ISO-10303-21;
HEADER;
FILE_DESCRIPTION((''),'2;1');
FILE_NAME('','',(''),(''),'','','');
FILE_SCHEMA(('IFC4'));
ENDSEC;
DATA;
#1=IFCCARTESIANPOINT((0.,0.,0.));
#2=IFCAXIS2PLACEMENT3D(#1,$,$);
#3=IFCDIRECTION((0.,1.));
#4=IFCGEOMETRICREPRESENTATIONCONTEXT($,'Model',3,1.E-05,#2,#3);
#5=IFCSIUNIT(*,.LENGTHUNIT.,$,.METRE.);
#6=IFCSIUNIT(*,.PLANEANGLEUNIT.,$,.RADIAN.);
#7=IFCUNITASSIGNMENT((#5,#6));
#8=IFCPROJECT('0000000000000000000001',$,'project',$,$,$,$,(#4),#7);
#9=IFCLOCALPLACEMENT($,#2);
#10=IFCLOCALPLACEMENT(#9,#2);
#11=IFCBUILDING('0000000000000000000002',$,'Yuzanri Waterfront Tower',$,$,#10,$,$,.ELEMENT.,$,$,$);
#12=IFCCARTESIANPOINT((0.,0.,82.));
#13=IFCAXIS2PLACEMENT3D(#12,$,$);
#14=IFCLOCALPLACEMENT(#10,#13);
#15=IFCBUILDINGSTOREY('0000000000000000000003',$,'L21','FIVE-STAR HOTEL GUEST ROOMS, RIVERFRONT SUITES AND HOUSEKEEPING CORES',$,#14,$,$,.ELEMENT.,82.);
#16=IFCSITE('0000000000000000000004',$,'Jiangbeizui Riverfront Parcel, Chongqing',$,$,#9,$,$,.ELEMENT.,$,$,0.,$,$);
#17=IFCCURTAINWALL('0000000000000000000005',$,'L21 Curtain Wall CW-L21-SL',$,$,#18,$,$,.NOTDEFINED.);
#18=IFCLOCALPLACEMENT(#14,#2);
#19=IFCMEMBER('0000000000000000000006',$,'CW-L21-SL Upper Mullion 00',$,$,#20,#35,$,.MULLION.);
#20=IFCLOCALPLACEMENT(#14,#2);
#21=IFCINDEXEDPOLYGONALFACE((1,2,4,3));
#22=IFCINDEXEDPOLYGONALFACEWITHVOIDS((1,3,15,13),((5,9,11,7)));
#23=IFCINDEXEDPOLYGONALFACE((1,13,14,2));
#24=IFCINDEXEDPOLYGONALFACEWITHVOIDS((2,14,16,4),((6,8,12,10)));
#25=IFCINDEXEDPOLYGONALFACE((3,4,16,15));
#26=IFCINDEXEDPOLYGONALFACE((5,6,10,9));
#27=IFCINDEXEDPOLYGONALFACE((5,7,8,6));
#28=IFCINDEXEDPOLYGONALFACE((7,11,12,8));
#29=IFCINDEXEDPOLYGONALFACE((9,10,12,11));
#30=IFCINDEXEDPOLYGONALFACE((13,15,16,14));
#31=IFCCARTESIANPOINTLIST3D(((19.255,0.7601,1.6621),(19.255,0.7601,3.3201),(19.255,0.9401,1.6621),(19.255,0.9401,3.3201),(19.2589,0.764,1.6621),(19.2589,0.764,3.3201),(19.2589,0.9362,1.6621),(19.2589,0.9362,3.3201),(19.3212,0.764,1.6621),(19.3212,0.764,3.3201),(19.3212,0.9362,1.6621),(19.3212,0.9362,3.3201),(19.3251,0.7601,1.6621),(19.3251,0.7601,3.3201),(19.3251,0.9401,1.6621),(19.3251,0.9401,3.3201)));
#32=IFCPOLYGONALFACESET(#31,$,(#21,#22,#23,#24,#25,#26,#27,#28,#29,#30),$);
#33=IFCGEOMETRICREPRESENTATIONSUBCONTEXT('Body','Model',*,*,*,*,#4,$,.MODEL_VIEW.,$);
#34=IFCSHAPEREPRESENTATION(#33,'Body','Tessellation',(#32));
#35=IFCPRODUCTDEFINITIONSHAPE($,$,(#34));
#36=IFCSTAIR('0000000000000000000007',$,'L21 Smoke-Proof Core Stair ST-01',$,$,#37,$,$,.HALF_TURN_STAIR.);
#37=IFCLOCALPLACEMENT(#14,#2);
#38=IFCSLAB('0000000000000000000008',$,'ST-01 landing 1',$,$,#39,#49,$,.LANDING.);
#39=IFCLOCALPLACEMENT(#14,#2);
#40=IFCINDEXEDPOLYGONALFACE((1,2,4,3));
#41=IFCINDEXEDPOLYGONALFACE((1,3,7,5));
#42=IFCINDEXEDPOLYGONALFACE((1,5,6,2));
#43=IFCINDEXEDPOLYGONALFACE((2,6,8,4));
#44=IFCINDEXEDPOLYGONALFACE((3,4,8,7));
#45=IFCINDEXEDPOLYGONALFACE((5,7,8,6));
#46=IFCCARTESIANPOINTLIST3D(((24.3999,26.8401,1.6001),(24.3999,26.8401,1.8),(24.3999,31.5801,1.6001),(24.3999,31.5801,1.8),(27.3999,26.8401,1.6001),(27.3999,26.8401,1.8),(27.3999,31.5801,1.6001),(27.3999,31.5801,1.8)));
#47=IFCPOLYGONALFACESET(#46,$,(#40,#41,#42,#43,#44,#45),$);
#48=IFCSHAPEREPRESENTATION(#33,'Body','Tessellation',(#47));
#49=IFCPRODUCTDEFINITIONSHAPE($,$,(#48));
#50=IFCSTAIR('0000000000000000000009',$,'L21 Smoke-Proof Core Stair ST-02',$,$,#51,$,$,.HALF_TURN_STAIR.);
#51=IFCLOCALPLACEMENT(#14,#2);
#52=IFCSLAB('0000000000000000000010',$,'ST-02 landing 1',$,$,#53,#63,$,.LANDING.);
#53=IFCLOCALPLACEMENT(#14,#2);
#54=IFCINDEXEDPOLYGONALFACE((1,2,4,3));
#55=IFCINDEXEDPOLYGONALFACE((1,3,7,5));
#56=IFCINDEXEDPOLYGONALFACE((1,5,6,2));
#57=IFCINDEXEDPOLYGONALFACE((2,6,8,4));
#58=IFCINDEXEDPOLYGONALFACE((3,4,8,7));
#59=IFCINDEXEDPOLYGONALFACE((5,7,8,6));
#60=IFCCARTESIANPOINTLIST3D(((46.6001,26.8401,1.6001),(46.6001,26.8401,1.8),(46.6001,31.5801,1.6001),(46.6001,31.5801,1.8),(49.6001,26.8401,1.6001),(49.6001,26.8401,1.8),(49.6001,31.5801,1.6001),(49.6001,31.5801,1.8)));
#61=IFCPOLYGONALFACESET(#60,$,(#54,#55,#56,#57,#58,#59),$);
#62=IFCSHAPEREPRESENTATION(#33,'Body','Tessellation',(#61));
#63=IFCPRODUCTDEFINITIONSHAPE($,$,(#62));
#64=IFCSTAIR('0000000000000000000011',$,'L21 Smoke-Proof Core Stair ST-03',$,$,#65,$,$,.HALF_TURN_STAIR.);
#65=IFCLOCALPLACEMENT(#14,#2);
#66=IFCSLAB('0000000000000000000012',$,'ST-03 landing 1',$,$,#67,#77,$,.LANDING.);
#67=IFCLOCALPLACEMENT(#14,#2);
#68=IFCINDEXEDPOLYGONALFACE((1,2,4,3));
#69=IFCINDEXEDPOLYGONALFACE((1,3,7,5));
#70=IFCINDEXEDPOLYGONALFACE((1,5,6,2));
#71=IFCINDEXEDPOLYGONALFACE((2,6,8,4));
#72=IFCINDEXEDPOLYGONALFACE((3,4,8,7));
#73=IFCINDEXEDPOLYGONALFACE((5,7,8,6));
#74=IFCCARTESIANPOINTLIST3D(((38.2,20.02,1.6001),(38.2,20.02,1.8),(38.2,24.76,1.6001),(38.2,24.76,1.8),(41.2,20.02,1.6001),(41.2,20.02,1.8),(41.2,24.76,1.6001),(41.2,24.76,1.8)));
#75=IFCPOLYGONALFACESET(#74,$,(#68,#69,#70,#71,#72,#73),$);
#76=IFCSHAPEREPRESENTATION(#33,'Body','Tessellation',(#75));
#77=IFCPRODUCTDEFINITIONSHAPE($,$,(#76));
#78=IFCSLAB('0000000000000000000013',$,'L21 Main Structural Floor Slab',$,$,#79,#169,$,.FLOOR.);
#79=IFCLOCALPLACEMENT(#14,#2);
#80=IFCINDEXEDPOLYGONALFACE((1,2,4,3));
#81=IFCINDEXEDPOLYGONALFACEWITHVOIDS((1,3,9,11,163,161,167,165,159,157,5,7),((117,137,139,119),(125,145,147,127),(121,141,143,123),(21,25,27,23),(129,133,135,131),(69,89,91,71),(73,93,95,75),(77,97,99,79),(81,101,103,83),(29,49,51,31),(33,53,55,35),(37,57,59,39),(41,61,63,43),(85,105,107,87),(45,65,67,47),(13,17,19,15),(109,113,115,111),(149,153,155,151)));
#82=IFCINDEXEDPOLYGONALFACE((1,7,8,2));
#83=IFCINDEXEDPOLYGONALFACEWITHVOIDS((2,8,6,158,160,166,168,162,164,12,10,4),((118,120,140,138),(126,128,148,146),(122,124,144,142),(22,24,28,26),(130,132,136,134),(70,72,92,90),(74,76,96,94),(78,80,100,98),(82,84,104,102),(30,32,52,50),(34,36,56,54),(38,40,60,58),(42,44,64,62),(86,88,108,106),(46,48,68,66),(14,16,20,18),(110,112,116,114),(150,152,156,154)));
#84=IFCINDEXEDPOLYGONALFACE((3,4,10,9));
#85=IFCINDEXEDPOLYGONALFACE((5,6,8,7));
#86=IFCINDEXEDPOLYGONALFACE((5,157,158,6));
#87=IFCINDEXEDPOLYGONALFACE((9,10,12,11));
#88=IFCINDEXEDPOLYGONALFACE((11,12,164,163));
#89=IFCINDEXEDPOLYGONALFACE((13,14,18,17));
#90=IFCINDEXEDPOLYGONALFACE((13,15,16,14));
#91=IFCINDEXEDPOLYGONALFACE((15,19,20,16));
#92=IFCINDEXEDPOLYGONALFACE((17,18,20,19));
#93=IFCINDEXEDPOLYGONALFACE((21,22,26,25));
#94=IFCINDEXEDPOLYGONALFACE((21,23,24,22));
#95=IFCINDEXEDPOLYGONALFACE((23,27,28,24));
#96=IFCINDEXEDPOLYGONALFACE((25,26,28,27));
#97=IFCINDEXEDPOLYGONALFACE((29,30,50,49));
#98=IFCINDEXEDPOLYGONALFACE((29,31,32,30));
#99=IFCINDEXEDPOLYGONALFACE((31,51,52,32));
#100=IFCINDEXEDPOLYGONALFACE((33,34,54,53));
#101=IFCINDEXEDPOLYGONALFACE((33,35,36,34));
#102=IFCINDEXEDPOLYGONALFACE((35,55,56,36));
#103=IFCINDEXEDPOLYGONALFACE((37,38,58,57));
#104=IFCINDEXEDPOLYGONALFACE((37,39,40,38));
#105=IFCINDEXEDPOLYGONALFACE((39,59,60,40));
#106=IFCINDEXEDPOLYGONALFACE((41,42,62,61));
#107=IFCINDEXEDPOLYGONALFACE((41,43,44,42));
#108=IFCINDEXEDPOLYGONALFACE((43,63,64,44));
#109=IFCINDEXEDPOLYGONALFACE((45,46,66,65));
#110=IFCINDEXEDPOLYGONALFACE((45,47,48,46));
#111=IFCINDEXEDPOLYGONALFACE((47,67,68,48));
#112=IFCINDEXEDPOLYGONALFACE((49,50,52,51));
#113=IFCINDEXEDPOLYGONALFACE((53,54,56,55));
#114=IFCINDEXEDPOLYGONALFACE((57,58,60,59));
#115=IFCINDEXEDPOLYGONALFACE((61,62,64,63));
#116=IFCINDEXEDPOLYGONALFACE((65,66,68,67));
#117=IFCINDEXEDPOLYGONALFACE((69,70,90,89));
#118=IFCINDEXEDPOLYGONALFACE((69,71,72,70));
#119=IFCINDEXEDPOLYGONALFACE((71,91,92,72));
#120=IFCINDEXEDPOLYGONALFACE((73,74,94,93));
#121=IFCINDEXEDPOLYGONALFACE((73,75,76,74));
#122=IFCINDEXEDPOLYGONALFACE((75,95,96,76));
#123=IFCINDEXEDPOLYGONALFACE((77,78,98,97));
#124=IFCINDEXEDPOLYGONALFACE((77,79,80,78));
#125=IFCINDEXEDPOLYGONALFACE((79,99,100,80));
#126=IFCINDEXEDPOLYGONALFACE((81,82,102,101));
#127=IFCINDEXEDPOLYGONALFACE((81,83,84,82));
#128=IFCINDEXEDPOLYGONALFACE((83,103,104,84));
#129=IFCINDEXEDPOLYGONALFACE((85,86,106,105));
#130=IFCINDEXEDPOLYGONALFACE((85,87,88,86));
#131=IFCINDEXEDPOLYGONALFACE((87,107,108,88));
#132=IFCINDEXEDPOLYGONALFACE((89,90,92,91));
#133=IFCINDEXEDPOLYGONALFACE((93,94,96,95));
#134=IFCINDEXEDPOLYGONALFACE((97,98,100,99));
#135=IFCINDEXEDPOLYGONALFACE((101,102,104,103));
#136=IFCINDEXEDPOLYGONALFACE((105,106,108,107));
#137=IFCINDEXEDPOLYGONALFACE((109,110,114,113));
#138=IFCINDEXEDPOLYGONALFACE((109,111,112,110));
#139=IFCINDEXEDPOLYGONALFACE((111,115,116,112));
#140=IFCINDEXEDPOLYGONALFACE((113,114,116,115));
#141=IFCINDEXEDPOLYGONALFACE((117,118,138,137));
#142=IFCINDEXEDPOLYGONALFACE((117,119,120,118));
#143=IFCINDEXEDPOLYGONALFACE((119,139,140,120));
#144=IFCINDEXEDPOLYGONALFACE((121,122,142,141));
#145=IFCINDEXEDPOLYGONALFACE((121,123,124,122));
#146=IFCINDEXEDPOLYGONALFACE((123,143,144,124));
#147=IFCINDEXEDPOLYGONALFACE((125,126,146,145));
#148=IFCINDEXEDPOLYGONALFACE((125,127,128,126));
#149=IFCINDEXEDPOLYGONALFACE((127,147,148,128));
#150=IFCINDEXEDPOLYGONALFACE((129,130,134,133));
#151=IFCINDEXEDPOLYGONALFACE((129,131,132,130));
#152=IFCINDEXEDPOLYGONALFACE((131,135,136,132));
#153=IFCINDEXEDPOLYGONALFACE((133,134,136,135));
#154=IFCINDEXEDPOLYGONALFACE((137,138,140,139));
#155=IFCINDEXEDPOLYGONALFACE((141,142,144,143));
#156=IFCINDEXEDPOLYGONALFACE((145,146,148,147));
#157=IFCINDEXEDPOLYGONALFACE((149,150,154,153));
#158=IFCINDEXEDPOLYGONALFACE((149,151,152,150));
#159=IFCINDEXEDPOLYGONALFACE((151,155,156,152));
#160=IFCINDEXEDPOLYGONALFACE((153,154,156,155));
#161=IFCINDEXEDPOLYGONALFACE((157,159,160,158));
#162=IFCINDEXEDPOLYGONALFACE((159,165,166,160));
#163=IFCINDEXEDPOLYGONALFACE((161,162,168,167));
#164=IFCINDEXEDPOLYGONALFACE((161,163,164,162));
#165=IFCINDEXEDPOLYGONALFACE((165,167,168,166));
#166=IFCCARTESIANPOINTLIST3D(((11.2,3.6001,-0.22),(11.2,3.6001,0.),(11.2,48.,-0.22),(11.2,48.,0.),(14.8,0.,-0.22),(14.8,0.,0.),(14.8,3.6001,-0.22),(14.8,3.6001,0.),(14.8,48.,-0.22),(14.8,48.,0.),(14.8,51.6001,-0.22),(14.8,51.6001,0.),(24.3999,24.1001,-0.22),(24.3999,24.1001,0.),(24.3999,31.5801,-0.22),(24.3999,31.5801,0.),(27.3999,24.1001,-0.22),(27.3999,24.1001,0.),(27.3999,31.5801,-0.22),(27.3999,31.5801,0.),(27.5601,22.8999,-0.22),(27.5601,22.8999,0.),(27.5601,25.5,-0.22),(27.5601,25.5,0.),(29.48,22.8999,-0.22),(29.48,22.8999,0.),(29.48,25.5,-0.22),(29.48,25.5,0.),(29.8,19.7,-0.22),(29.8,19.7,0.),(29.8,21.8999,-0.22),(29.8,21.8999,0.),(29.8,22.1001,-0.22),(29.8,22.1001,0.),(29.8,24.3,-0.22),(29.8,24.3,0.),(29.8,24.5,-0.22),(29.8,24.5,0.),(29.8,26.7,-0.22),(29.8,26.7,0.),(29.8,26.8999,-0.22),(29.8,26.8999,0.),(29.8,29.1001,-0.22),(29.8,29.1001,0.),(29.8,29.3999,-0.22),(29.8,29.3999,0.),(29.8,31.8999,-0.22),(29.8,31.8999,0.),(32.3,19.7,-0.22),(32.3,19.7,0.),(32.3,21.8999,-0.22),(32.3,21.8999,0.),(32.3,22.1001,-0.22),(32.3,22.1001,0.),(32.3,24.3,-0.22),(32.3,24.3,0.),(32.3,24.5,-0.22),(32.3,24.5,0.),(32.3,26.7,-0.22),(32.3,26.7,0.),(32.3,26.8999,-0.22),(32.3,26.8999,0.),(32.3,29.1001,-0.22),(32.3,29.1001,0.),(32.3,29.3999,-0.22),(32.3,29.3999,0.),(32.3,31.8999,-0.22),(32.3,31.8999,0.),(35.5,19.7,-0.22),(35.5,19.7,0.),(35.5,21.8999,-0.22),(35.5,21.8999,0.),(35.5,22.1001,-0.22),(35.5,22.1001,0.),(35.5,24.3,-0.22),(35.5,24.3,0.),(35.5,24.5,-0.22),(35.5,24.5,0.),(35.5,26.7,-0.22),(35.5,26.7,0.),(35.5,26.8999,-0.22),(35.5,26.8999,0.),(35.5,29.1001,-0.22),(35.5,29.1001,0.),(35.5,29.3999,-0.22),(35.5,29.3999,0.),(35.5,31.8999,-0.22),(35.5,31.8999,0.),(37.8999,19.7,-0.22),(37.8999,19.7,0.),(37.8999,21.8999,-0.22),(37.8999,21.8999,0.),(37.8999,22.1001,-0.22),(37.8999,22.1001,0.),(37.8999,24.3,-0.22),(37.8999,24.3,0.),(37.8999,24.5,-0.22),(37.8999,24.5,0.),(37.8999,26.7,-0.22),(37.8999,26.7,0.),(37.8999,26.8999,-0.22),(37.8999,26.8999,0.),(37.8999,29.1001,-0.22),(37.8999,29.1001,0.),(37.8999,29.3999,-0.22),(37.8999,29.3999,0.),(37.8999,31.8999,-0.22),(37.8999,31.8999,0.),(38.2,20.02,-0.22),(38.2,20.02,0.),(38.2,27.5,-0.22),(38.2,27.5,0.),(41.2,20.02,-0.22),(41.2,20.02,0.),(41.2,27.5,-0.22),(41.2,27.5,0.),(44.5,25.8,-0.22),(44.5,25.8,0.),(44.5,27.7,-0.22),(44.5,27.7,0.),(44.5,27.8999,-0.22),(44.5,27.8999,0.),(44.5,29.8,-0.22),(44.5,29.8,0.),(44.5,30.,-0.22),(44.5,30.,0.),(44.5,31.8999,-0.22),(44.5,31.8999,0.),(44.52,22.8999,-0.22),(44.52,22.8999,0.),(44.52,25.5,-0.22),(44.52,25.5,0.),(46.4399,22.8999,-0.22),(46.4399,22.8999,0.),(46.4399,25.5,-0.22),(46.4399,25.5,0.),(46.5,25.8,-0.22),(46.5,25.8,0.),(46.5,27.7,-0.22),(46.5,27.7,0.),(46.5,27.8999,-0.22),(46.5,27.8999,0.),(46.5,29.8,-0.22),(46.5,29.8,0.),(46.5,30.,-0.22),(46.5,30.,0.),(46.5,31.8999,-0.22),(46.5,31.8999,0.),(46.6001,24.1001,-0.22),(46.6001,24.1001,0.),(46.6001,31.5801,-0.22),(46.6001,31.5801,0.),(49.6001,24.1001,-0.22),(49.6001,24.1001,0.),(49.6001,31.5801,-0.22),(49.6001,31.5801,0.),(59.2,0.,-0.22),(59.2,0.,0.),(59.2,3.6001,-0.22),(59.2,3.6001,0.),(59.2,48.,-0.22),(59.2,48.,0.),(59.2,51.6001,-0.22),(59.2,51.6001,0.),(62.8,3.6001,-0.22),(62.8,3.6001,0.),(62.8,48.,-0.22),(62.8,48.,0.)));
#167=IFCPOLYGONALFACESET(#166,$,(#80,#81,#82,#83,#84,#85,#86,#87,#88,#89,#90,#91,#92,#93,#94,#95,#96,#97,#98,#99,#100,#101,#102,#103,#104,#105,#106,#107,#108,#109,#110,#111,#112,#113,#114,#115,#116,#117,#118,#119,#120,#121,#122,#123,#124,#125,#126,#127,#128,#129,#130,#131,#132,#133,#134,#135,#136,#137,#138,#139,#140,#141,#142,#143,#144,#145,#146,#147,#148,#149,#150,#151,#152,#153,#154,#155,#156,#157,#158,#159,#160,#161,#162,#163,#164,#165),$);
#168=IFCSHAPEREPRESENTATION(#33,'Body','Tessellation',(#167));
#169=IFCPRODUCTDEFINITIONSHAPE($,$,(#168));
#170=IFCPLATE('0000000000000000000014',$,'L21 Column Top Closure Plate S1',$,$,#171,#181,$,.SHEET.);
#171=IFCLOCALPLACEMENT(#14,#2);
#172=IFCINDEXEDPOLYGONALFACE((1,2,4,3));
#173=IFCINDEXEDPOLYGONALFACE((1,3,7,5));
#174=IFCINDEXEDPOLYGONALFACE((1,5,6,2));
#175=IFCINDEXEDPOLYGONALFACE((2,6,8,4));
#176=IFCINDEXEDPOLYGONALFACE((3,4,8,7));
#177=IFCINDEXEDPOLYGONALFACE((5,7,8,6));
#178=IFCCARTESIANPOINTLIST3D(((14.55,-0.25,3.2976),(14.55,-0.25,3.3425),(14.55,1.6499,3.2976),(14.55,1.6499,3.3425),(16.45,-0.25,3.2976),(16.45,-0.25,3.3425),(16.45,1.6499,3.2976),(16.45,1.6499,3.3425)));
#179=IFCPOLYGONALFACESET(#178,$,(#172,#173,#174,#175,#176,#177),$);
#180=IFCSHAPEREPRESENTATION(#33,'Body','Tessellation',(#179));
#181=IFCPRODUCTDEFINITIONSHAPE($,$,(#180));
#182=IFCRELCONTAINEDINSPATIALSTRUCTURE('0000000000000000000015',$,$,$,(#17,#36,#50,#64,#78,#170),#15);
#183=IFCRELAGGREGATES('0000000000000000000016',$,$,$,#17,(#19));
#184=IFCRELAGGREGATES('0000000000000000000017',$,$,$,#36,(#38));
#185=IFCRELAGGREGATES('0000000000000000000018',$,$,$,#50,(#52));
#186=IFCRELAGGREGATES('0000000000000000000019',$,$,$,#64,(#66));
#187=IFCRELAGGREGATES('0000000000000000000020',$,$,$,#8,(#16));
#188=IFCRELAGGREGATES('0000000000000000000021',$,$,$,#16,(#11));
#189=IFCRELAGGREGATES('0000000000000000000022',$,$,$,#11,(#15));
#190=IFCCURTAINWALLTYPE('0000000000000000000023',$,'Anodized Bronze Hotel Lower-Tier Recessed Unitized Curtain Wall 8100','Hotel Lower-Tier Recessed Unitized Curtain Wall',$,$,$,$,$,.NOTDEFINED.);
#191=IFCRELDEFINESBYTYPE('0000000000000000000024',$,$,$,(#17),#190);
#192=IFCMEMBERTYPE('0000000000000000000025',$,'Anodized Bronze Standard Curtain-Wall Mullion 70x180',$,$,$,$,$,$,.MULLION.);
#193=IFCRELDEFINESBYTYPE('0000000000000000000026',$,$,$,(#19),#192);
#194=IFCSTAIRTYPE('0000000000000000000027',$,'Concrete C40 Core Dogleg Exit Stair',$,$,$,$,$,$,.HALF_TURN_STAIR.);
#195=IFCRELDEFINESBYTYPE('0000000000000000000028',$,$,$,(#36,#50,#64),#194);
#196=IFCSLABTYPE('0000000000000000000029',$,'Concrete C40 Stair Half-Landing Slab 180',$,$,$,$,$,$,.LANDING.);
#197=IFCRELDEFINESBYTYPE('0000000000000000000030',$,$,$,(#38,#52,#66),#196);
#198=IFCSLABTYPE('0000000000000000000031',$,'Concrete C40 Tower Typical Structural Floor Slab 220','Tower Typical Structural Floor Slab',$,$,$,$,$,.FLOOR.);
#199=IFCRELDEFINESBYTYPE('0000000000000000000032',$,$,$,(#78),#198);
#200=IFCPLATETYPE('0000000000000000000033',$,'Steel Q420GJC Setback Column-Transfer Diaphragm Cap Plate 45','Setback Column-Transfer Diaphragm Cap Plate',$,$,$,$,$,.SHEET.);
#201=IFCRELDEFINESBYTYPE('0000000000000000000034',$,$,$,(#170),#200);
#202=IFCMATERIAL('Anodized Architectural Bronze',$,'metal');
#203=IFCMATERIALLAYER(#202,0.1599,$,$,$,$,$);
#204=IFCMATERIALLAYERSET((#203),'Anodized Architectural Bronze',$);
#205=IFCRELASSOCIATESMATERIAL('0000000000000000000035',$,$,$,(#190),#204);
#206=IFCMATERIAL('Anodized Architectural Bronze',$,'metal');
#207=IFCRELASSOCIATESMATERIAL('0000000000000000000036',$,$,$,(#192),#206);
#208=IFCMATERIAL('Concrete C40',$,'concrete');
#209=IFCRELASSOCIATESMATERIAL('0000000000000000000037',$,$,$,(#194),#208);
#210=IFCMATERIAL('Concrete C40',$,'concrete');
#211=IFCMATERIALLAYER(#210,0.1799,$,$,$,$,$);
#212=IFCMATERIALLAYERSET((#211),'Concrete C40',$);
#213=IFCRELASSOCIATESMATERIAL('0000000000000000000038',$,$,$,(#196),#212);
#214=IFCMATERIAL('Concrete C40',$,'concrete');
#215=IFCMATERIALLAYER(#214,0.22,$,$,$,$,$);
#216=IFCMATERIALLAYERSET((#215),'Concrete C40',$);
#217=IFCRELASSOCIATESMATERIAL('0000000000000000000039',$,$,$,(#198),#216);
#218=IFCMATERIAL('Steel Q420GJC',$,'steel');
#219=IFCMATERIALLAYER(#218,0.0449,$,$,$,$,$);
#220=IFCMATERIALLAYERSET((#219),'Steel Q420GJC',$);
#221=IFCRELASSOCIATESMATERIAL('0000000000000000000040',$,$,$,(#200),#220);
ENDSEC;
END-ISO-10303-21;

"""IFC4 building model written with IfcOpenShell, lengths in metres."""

from ifc_helpers import new_model, si_unit, direction, frame, origin, origin_2d, place, context, subcontext, project, spatial, polyline, rectangle, hollow_rectangle, outline, extrude, source, transform, mapped, material, layer, layer_set, material_profile, profile_set, type_object, element, aggregate, save


model = new_model("IFC4")

# Units and contexts
model_context = context("Model", 3, precision=1e-05, world=origin(), true_north=direction((0.0, 1.0)))
body_context = subcontext(model_context, "Body", "Model", "MODEL_VIEW")
ifc_project = project(units=[si_unit("LENGTHUNIT", "METRE"), si_unit("PLANEANGLEUNIT", "RADIAN")], contexts=[model_context])

# Site, building, storey
site_placement = place(None, origin())
site = spatial("IfcSite", under=ifc_project, at=site_placement, Name="Jiangbeizui Riverfront Parcel, Chongqing", CompositionType="ELEMENT", RefElevation=0.0)
building_placement = place(site_placement, origin())
building = spatial("IfcBuilding", under=site, at=building_placement, Name="Yuzanri Waterfront Tower", CompositionType="ELEMENT")
storey_placement = place(building_placement, frame((0.0, 0.0, 82.0)))
storey = spatial("IfcBuildingStorey", under=building, at=storey_placement, Name="L21", Description="FIVE-STAR HOTEL GUEST ROOMS, RIVERFRONT SUITES AND HOUSEKEEPING CORES", CompositionType="ELEMENT", Elevation=82.0)

# Curtain wall, member
ifc_material_1 = material(Name="Anodized Architectural Bronze", Category="metal")
ifc_layer_1 = layer(ifc_material_1, 0.1599)
ifc_layer_set_1 = layer_set([ifc_layer_1], Name="Anodized Architectural Bronze")
curtain_wall_type = type_object("IfcCurtainWallType", Name="Anodized Bronze Hotel Lower-Tier Recessed Unitized Curtain Wall 8100", Description="Hotel Lower-Tier Recessed Unitized Curtain Wall", PredefinedType="NOTDEFINED", material=ifc_layer_set_1)
curtain_wall_placement = place(storey_placement, origin())
curtain_wall = element("IfcCurtainWall", 1, at=curtain_wall_placement, inside=storey, type_object=curtain_wall_type, Name="L21 Curtain Wall CW-L21-SL", PredefinedType="NOTDEFINED")
ifc_material_2 = material(Name="Anodized Architectural Bronze", Category="metal")
ifc_material_profile_1 = material_profile(ifc_material_2, hollow_rectangle(XDim=0.0701, YDim=0.1799, WallThickness=0.0039, at=origin_2d()), Name="CWM 70x180")
ifc_profile_set_1 = profile_set([ifc_material_profile_1], Name="Anodized Architectural Bronze")
member_type_1 = type_object("IfcMemberType", Name="Anodized Bronze Standard Curtain-Wall Mullion 70x180", PredefinedType="MULLION", material=ifc_profile_set_1)
shared_shape_1 = source(origin(), body_context, "Body", "SweptSolid", [
    extrude(hollow_rectangle(XDim=0.0701, YDim=0.1799, WallThickness=0.0039, at=origin_2d()), origin(), (0.0, 0.0, 1.0), 1.658),
])
member_1_placement = place(storey_placement, frame((19.29, 0.8501, 1.6621), z_axis=(0.0, 0.0, 1.0), x_axis=(1.0, 0.0, 0.0)))
member_1 = element("IfcMember", 2, at=member_1_placement, type_object=member_type_1, Name="CW-L21-SL Upper Mullion 00", PredefinedType="MULLION", context=body_context, shape_type="MappedRepresentation", body=[
    mapped(shared_shape_1, transform((0.0, 0.0, 0.0), scale=1.0)),
])
aggregate(curtain_wall, [member_1])

# Stairs, slabs
ifc_material_3 = material(Name="Concrete C40", Category="concrete")
stair_type = type_object("IfcStairType", Name="Concrete C40 Core Dogleg Exit Stair", PredefinedType="HALF_TURN_STAIR", material=ifc_material_3)
stair_1_placement = place(storey_placement, origin())
stair_1 = element("IfcStair", 3, at=stair_1_placement, inside=storey, type_object=stair_type, Name="L21 Smoke-Proof Core Stair ST-01", PredefinedType="HALF_TURN_STAIR")
ifc_material_4 = material(Name="Concrete C40", Category="concrete")
ifc_layer_2 = layer(ifc_material_4, 0.1799)
ifc_layer_set_2 = layer_set([ifc_layer_2], Name="Concrete C40")
slab_type_1 = type_object("IfcSlabType", Name="Concrete C40 Stair Half-Landing Slab 180", PredefinedType="LANDING", material=ifc_layer_set_2)
slab_1_placement = place(storey_placement, frame((0.0, 0.0, 1.6001)))
slab_1 = element("IfcSlab", 4, at=slab_1_placement, type_object=slab_type_1, Name="ST-01 landing 1", PredefinedType="LANDING", context=body_context, shape_type="SweptSolid", body=[
    extrude(outline(polyline([(27.3999, 26.8401), (27.3999, 31.5801), (24.3999, 31.5801), (24.3999, 26.8401), (27.3999, 26.8401)])), origin(), (0.0, 0.0, 1.0), 0.2),
])
aggregate(stair_1, [slab_1])
stair_2_placement = place(storey_placement, origin())
stair_2 = element("IfcStair", 5, at=stair_2_placement, inside=storey, type_object=stair_type, Name="L21 Smoke-Proof Core Stair ST-02", PredefinedType="HALF_TURN_STAIR")
slab_2_placement = place(storey_placement, frame((0.0, 0.0, 1.6001)))
slab_2 = element("IfcSlab", 6, at=slab_2_placement, type_object=slab_type_1, Name="ST-02 landing 1", PredefinedType="LANDING", context=body_context, shape_type="SweptSolid", body=[
    extrude(outline(polyline([(49.6001, 26.8401), (49.6001, 31.5801), (46.6001, 31.5801), (46.6001, 26.8401), (49.6001, 26.8401)])), origin(), (0.0, 0.0, 1.0), 0.2),
])
aggregate(stair_2, [slab_2])
stair_3_placement = place(storey_placement, origin())
stair_3 = element("IfcStair", 7, at=stair_3_placement, inside=storey, type_object=stair_type, Name="L21 Smoke-Proof Core Stair ST-03", PredefinedType="HALF_TURN_STAIR")
slab_3_placement = place(storey_placement, frame((0.0, 0.0, 1.6001)))
slab_3 = element("IfcSlab", 8, at=slab_3_placement, type_object=slab_type_1, Name="ST-03 landing 1", PredefinedType="LANDING", context=body_context, shape_type="SweptSolid", body=[
    extrude(outline(polyline([(38.2, 24.76), (38.2, 20.02), (41.2, 20.02), (41.2, 24.76), (38.2, 24.76)])), origin(), (0.0, 0.0, 1.0), 0.2),
])
aggregate(stair_3, [slab_3])

# Slab
ifc_material_5 = material(Name="Concrete C40", Category="concrete")
ifc_layer_3 = layer(ifc_material_5, 0.22)
ifc_layer_set_3 = layer_set([ifc_layer_3], Name="Concrete C40")
slab_type_2 = type_object("IfcSlabType", Name="Concrete C40 Tower Typical Structural Floor Slab 220", Description="Tower Typical Structural Floor Slab", PredefinedType="FLOOR", material=ifc_layer_set_3)
slab_4_placement = place(storey_placement, frame((0.0, 0.0, -0.22)))
element("IfcSlab", 9, at=slab_4_placement, inside=storey, type_object=slab_type_2, Name="L21 Main Structural Floor Slab", PredefinedType="FLOOR", context=body_context, shape_type="SweptSolid", body=[
    extrude(outline(polyline([(14.8, 0.0), (59.2, 0.0), (59.2, 3.6001), (62.8, 3.6001), (62.8, 48.0), (59.2, 48.0), (59.2, 51.6001), (14.8, 51.6001), (14.8, 48.0), (11.2, 48.0), (11.2, 3.6001), (14.8, 3.6001), (14.8, 0.0)]), holes=[polyline([(27.3999, 24.1001), (27.3999, 31.5801), (24.3999, 31.5801), (24.3999, 24.1001), (27.3999, 24.1001)]), polyline([(49.6001, 24.1001), (49.6001, 31.5801), (46.6001, 31.5801), (46.6001, 24.1001), (49.6001, 24.1001)]), polyline([(38.2, 27.5), (38.2, 20.02), (41.2, 20.02), (41.2, 27.5), (38.2, 27.5)]), polyline([(27.5601, 22.8999), (29.48, 22.8999), (29.48, 25.5), (27.5601, 25.5), (27.5601, 22.8999)]), polyline([(44.52, 22.8999), (46.4399, 22.8999), (46.4399, 25.5), (44.52, 25.5), (44.52, 22.8999)]), polyline([(29.8, 19.7), (32.3, 19.7), (32.3, 21.8999), (29.8, 21.8999), (29.8, 19.7)]), polyline([(29.8, 22.1001), (32.3, 22.1001), (32.3, 24.3), (29.8, 24.3), (29.8, 22.1001)]), polyline([(29.8, 24.5), (32.3, 24.5), (32.3, 26.7), (29.8, 26.7), (29.8, 24.5)]), polyline([(29.8, 26.8999), (32.3, 26.8999), (32.3, 29.1001), (29.8, 29.1001), (29.8, 26.8999)]), polyline([(29.8, 29.3999), (32.3, 29.3999), (32.3, 31.8999), (29.8, 31.8999), (29.8, 29.3999)]), polyline([(35.5, 19.7), (37.8999, 19.7), (37.8999, 21.8999), (35.5, 21.8999), (35.5, 19.7)]), polyline([(35.5, 22.1001), (37.8999, 22.1001), (37.8999, 24.3), (35.5, 24.3), (35.5, 22.1001)]), polyline([(35.5, 24.5), (37.8999, 24.5), (37.8999, 26.7), (35.5, 26.7), (35.5, 24.5)]), polyline([(35.5, 26.8999), (37.8999, 26.8999), (37.8999, 29.1001), (35.5, 29.1001), (35.5, 26.8999)]), polyline([(35.5, 29.3999), (37.8999, 29.3999), (37.8999, 31.8999), (35.5, 31.8999), (35.5, 29.3999)]), polyline([(44.5, 25.8), (46.5, 25.8), (46.5, 27.7), (44.5, 27.7), (44.5, 25.8)]), polyline([(44.5, 27.8999), (46.5, 27.8999), (46.5, 29.8), (44.5, 29.8), (44.5, 27.8999)]), polyline([(44.5, 30.0), (46.5, 30.0), (46.5, 31.8999), (44.5, 31.8999), (44.5, 30.0)])]), origin(), (0.0, 0.0, 1.0), 0.22),
])

# Plate
ifc_material_6 = material(Name="Steel Q420GJC", Category="steel")
ifc_layer_4 = layer(ifc_material_6, 0.0449)
ifc_layer_set_4 = layer_set([ifc_layer_4], Name="Steel Q420GJC")
plate_type = type_object("IfcPlateType", Name="Steel Q420GJC Setback Column-Transfer Diaphragm Cap Plate 45", Description="Setback Column-Transfer Diaphragm Cap Plate", PredefinedType="SHEET", material=ifc_layer_set_4)
shared_shape_2 = source(origin(), body_context, "Body", "SweptSolid", [
    extrude(rectangle(XDim=1.8999, YDim=1.8999, at=origin_2d()), origin(), (0.0, 0.0, 1.0), 0.0449),
])
for number, where, z_axis, x_axis, name in (
    (10, (15.5, 0.7, 3.2976), (0.0, 0.0, 1.0), (1.0, 0.0, 0.0), "L21 Column Top Closure Plate S1"),
):
    element("IfcPlate", number, at=place(storey_placement, frame(where, z_axis=z_axis, x_axis=x_axis)), inside=storey, type_object=plate_type, Name=name, PredefinedType="SHEET", context=body_context, shape_type="MappedRepresentation", body=[
        mapped(shared_shape_2, transform((0.0, 0.0, 0.0), scale=1.0)),
    ])

save(model, "model.ifc")
